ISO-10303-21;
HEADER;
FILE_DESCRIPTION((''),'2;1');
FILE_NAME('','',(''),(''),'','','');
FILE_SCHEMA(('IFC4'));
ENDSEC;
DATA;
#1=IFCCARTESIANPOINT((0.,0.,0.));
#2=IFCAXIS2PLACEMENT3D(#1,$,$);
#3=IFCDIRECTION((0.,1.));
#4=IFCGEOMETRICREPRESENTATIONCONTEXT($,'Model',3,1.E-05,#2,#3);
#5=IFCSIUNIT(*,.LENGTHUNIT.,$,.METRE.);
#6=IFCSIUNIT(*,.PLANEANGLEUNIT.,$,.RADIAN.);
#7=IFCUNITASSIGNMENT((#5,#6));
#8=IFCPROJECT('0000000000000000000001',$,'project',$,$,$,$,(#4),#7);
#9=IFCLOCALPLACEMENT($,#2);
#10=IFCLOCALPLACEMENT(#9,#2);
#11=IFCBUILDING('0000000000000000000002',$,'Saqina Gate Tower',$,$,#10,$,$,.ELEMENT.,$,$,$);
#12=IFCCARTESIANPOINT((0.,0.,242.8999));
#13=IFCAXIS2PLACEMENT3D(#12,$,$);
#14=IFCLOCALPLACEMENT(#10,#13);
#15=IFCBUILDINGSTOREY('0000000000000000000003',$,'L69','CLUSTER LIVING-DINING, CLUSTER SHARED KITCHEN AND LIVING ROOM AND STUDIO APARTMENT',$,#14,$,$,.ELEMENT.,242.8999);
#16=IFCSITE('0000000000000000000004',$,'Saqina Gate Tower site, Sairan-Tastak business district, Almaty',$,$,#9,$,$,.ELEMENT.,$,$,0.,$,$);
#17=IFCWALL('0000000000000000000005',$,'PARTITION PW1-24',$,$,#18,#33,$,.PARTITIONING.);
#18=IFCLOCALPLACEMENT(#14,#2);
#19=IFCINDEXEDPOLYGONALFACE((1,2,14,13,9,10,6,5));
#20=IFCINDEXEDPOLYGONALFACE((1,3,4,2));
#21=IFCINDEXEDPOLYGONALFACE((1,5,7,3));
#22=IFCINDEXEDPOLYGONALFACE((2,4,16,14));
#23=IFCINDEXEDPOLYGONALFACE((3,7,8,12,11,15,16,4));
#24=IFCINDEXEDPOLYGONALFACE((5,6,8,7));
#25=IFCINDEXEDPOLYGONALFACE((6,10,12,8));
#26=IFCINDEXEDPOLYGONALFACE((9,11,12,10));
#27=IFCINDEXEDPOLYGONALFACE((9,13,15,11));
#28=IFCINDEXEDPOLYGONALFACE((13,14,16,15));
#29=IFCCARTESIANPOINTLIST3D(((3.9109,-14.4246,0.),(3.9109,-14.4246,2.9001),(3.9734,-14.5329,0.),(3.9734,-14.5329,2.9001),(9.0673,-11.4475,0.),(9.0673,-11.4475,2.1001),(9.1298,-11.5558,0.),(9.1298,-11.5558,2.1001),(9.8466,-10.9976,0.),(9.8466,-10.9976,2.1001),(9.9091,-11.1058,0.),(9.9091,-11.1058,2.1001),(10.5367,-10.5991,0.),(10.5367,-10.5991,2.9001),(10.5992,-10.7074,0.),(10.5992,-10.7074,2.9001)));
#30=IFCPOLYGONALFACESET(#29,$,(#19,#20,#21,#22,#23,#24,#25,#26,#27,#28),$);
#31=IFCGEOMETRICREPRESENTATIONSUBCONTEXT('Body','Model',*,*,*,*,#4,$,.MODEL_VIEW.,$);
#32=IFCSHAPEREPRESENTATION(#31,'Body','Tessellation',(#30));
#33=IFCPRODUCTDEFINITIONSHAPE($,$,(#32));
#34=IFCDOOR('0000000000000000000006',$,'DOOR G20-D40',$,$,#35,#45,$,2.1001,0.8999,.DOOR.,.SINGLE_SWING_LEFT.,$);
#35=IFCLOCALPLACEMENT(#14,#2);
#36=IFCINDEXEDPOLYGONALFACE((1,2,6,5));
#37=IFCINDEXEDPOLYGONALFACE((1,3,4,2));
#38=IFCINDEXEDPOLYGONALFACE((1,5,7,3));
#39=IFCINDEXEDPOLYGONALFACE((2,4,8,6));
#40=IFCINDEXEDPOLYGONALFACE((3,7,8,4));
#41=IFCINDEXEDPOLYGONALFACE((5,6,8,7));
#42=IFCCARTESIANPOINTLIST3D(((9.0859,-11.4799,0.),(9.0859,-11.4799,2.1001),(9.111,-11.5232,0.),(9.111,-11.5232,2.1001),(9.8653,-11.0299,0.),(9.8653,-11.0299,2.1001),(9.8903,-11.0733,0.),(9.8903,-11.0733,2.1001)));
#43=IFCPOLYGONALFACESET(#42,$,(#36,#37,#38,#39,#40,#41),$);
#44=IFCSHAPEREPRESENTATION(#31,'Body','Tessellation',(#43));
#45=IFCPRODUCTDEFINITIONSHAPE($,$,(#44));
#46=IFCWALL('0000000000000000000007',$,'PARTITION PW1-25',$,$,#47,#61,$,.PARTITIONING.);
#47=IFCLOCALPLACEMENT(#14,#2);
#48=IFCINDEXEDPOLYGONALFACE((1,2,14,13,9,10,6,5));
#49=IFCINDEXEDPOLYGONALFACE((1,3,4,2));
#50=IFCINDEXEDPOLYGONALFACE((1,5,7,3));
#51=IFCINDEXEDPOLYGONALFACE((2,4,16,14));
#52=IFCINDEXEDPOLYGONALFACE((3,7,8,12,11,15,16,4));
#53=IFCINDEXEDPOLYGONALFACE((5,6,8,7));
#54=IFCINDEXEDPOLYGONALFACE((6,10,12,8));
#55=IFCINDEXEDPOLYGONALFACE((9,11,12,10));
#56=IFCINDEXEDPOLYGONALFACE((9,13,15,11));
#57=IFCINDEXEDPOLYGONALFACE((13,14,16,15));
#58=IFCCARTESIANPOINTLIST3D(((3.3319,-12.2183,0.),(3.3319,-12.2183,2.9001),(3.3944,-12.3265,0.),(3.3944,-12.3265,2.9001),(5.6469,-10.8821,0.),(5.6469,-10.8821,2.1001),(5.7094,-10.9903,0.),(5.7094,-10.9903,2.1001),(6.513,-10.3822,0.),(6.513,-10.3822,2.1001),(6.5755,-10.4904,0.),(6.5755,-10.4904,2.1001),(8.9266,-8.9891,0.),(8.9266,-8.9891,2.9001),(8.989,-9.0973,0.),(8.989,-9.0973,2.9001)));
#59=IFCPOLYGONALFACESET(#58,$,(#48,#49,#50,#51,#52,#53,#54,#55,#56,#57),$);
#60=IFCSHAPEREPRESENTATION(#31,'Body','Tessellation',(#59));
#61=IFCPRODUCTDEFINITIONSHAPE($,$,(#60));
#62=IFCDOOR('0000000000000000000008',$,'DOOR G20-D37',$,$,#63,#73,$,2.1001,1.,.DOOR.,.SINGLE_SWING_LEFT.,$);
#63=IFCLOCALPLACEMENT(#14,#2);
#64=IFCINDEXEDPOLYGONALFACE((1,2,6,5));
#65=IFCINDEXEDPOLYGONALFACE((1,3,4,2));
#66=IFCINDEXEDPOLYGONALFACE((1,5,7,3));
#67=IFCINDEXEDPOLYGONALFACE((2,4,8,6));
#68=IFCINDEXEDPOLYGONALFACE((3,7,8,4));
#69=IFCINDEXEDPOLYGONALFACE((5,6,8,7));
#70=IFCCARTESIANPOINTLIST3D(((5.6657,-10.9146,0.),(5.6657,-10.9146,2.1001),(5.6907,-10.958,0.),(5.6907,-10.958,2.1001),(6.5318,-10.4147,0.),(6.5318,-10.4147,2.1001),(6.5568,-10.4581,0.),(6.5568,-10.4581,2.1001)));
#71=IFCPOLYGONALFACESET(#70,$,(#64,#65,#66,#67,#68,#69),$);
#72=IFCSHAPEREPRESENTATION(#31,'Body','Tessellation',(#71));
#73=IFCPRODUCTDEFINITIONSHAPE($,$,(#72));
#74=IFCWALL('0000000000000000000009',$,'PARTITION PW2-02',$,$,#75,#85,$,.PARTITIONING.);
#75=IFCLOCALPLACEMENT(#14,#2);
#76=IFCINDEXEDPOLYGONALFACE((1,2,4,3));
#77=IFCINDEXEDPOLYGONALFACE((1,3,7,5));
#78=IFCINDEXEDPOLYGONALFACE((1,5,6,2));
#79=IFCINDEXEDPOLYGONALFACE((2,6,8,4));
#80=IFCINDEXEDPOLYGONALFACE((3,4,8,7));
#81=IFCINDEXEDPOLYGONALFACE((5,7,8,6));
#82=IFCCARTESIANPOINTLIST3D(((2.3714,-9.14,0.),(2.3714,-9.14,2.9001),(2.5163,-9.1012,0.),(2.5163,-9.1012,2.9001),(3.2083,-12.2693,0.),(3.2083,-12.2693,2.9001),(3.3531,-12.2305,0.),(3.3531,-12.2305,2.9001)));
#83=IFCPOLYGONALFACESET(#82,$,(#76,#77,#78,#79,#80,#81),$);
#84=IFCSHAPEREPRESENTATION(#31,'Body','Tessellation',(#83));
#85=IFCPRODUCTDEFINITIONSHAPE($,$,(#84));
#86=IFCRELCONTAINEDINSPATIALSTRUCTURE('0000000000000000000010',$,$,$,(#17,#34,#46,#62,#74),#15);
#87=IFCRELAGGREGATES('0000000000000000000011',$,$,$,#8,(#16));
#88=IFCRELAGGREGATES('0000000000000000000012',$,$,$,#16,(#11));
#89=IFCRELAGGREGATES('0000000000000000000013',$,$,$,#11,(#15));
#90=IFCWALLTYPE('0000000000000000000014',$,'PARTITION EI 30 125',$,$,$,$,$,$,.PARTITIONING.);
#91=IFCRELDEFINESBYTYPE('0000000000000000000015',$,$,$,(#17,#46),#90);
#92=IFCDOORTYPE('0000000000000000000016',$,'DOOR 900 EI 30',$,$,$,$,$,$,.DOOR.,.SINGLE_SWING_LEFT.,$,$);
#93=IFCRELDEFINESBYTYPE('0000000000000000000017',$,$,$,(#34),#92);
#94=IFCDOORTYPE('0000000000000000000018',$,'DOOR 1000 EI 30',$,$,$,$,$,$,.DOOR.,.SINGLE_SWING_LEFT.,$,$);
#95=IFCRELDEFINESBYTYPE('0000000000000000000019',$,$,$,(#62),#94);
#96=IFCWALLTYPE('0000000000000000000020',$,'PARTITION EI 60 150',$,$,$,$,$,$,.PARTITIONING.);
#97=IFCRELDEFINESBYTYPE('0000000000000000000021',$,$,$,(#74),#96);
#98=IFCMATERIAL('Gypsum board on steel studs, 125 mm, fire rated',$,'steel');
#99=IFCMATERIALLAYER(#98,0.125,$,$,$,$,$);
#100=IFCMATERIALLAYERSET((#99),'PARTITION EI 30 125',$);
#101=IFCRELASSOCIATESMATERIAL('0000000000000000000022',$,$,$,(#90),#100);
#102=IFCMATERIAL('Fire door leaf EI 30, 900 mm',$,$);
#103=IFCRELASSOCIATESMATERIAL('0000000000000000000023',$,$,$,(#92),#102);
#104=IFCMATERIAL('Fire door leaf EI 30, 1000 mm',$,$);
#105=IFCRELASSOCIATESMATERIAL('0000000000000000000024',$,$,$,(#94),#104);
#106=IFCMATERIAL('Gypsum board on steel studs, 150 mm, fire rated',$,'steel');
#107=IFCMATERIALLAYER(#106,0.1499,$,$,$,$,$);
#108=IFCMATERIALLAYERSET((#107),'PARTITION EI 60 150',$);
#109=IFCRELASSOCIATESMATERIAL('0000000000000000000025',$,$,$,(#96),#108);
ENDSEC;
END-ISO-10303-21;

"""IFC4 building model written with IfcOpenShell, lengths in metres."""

from ifc_helpers import new_model, si_unit, direction, frame, frame_2d, origin, place, context, subcontext, project, spatial, rectangle, extrude, material, layer, layer_set, type_object, element, fill, save


model = new_model("IFC4")

# Units and contexts
model_context = context("Model", 3, precision=1e-05, world=origin(), true_north=direction((0.0, 1.0)))
body_context = subcontext(model_context, "Body", "Model", "MODEL_VIEW")
ifc_project = project(units=[si_unit("LENGTHUNIT", "METRE"), si_unit("PLANEANGLEUNIT", "RADIAN")], contexts=[model_context])

# Site, building, storey
site_placement = place(None, origin())
site = spatial("IfcSite", under=ifc_project, at=site_placement, Name="Saqina Gate Tower site, Sairan-Tastak business district, Almaty", CompositionType="ELEMENT", RefElevation=0.0)
building_placement = place(site_placement, origin())
building = spatial("IfcBuilding", under=site, at=building_placement, Name="Saqina Gate Tower", CompositionType="ELEMENT")
storey_placement = place(building_placement, frame((0.0, 0.0, 242.8999)))
storey = spatial("IfcBuildingStorey", under=building, at=storey_placement, Name="L69", Description="CLUSTER LIVING-DINING, CLUSTER SHARED KITCHEN AND LIVING ROOM AND STUDIO APARTMENT", CompositionType="ELEMENT", Elevation=242.8999)

# Shared definitions
ifc_material_1 = material(Name="Gypsum board on steel studs, 125 mm, fire rated", Category="steel")
ifc_layer_1 = layer(ifc_material_1, 0.125)
ifc_layer_set_1 = layer_set([ifc_layer_1], Name="PARTITION EI 30 125")
wall_type_1 = type_object("IfcWallType", Name="PARTITION EI 30 125", PredefinedType="PARTITIONING", material=ifc_layer_set_1)
ifc_material_2 = material(Name="Fire door leaf EI 30, 900 mm")
door_type_1 = type_object("IfcDoorType", Name="DOOR 900 EI 30", OperationType="SINGLE_SWING_LEFT", PredefinedType="DOOR", material=ifc_material_2)

# Walls, openings, doors
wall_1_placement = place(storey_placement, frame((3.9421, -14.4788, 0.0), z_axis=(0.0, 0.0, 1.0), x_axis=(0.866021, 0.500007, 0.0)))
wall_1 = element("IfcWall", 1, at=wall_1_placement, inside=storey, type_object=wall_type_1, Name="PARTITION PW1-24", PredefinedType="PARTITIONING", context=body_context, shape_type="SweptSolid", body=[
    extrude(rectangle(XDim=7.6509, YDim=0.125, at=frame_2d((3.8254, 0.0))), origin(), (0.0, 0.0, 1.0), 2.9001),
])
opening_1_placement = place(wall_1_placement, frame((5.9541, 0.0, 0.0)))
opening_1 = element("IfcOpeningElement", 2, at=opening_1_placement, cuts=wall_1, PredefinedType="OPENING", context=body_context, shape_type="SweptSolid", body=[
    extrude(rectangle(XDim=0.8999, YDim=2.1001, at=frame_2d((0.45, 1.05))), frame((0.0, 0.0745, 0.0), z_axis=(0.0, -1.0, 0.0), x_axis=(1.0, 0.0, 0.0)), (0.0, 0.0, 1.0), 0.1489),
])
door_1_placement = place(opening_1_placement, frame((0.8999, 0.0, 0.0), z_axis=(0.0, 0.0, 1.0), x_axis=(-1.0, 0.0, 0.0)))
door_1 = element("IfcDoor", 3, at=door_1_placement, inside=storey, type_object=door_type_1, Name="DOOR G20-D40", OperationType="SINGLE_SWING_LEFT", OverallHeight=2.1001, OverallWidth=0.8999, PredefinedType="DOOR", context=body_context, shape_type="SweptSolid", body=[
    extrude(rectangle(XDim=0.8999, YDim=2.1001, at=frame_2d((0.45, 1.05))), frame((0.0, 0.0249, 0.0), z_axis=(0.0, -1.0, 0.0), x_axis=(1.0, 0.0, 0.0)), (0.0, 0.0, 1.0), 0.05),
])
fill(opening_1, door_1)
wall_2_placement = place(storey_placement, frame((3.363, -12.2725, 0.0), z_axis=(0.0, 0.0, 1.0), x_axis=(0.866084, 0.499899, 0.0)))
wall_2 = element("IfcWall", 4, at=wall_2_placement, inside=storey, type_object=wall_type_1, Name="PARTITION PW1-25", PredefinedType="PARTITIONING", context=body_context, shape_type="SweptSolid", body=[
    extrude(rectangle(XDim=6.4597, YDim=0.125, at=frame_2d((3.23, 0.0))), origin(), (0.0, 0.0, 1.0), 2.9001),
])
opening_2_placement = place(wall_2_placement, frame((2.6731, 0.0, 0.0)))
opening_2 = element("IfcOpeningElement", 5, at=opening_2_placement, cuts=wall_2, PredefinedType="OPENING", context=body_context, shape_type="SweptSolid", body=[
    extrude(rectangle(XDim=1.0, YDim=2.1001, at=frame_2d((0.5, 1.05))), frame((0.0, 0.0745, 0.0), z_axis=(0.0, -1.0, 0.0), x_axis=(1.0, 0.0, 0.0)), (0.0, 0.0, 1.0), 0.1489),
])
ifc_material_3 = material(Name="Fire door leaf EI 30, 1000 mm")
door_type_2 = type_object("IfcDoorType", Name="DOOR 1000 EI 30", OperationType="SINGLE_SWING_LEFT", PredefinedType="DOOR", material=ifc_material_3)
door_2_placement = place(opening_2_placement, origin())
door_2 = element("IfcDoor", 6, at=door_2_placement, inside=storey, type_object=door_type_2, Name="DOOR G20-D37", OperationType="SINGLE_SWING_LEFT", OverallHeight=2.1001, OverallWidth=1.0, PredefinedType="DOOR", context=body_context, shape_type="SweptSolid", body=[
    extrude(rectangle(XDim=1.0, YDim=2.1001, at=frame_2d((0.5, 1.05))), frame((0.0, 0.0249, 0.0), z_axis=(0.0, -1.0, 0.0), x_axis=(1.0, 0.0, 0.0)), (0.0, 0.0, 1.0), 0.05),
])
fill(opening_2, door_2)

# Wall
ifc_material_4 = material(Name="Gypsum board on steel studs, 150 mm, fire rated", Category="steel")
ifc_layer_2 = layer(ifc_material_4, 0.1499)
ifc_layer_set_2 = layer_set([ifc_layer_2], Name="PARTITION EI 60 150")
wall_type_2 = type_object("IfcWallType", Name="PARTITION EI 60 150", PredefinedType="PARTITIONING", material=ifc_layer_set_2)
wall_3_placement = place(storey_placement, frame((2.4438, -9.1206, 0.0), z_axis=(0.0, 0.0, 1.0), x_axis=(0.258357, -0.96605, 0.0)))
element("IfcWall", 7, at=wall_3_placement, inside=storey, type_object=wall_type_2, Name="PARTITION PW2-02", PredefinedType="PARTITIONING", context=body_context, shape_type="SweptSolid", body=[
    extrude(rectangle(XDim=3.2393, YDim=0.1499, at=frame_2d((1.6196, 0.0))), origin(), (0.0, 0.0, 1.0), 2.9001),
])

save(model, "model.ifc")
